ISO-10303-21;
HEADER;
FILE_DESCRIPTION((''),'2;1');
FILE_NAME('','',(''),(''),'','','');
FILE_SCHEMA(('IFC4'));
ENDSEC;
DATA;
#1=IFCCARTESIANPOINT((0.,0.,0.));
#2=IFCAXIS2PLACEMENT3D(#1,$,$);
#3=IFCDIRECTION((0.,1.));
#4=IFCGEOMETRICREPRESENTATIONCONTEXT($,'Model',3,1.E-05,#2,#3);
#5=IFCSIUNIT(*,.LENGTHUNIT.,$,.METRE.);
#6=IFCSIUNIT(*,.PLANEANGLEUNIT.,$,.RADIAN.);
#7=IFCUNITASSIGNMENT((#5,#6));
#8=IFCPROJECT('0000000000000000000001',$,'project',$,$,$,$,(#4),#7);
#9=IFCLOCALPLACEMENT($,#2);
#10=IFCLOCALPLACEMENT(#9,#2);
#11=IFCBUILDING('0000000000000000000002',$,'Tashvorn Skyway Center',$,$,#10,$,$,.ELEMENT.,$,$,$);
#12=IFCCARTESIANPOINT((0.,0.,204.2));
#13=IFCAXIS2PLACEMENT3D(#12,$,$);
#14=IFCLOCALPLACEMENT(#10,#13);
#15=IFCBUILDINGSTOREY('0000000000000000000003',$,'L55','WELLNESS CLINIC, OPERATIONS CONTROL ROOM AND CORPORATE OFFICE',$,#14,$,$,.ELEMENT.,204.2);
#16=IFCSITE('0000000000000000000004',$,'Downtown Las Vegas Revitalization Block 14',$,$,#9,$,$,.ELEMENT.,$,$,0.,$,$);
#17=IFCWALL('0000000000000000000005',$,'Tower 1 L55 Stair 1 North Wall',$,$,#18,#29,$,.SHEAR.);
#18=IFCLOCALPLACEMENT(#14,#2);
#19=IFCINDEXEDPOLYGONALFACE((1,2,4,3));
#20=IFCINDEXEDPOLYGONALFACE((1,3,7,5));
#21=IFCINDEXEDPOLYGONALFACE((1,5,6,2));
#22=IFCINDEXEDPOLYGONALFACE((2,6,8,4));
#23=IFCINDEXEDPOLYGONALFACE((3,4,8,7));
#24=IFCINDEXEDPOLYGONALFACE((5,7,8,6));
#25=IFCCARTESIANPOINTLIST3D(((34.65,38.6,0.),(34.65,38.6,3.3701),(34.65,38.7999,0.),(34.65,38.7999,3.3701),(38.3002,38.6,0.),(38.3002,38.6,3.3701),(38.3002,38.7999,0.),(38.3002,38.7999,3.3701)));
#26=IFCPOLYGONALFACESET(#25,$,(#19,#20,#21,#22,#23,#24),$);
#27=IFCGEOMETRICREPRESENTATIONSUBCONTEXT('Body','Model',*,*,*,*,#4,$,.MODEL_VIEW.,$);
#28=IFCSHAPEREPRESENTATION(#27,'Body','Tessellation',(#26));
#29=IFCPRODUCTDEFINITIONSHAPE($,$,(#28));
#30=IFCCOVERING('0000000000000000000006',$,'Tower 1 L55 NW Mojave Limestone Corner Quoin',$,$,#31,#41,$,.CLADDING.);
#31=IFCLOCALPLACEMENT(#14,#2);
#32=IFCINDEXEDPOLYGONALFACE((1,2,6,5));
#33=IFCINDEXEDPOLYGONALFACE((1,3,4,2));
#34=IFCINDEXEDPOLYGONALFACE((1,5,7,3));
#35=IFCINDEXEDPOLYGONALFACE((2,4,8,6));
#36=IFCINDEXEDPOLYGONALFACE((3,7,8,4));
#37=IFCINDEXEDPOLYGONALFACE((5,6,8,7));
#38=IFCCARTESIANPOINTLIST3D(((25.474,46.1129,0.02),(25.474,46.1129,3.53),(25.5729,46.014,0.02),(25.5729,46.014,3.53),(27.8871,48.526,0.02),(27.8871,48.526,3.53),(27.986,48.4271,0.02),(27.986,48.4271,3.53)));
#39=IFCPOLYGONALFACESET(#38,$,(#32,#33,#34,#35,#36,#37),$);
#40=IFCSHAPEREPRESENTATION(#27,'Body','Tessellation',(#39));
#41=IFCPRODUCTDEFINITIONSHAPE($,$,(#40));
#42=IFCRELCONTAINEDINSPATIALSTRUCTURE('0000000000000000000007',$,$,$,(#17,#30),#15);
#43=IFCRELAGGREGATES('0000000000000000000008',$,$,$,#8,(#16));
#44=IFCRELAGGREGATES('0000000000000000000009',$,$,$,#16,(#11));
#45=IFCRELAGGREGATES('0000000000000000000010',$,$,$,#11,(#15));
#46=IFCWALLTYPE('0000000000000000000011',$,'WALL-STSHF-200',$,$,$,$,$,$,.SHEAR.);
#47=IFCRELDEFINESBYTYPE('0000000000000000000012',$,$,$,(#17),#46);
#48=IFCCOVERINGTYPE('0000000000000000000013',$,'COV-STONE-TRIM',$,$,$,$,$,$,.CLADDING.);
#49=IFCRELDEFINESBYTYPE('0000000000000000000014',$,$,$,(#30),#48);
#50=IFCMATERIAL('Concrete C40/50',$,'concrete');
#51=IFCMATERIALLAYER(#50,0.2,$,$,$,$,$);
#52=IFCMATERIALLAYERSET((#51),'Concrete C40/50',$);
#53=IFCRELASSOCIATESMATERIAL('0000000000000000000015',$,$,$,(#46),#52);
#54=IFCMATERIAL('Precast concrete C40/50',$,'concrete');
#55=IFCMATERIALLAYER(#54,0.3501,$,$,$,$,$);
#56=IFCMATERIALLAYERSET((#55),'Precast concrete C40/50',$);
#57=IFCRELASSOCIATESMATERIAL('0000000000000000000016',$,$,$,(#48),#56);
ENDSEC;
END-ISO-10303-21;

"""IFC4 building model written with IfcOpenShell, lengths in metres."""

from ifc_helpers import new_model, si_unit, direction, frame, frame_2d, origin, origin_2d, place, context, subcontext, project, spatial, rectangle, extrude, material, layer, layer_set, type_object, element, save


model = new_model("IFC4")

# Units and contexts
model_context = context("Model", 3, precision=1e-05, world=origin(), true_north=direction((0.0, 1.0)))
body_context = subcontext(model_context, "Body", "Model", "MODEL_VIEW")
ifc_project = project(units=[si_unit("LENGTHUNIT", "METRE"), si_unit("PLANEANGLEUNIT", "RADIAN")], contexts=[model_context])

# Site, building, storey
site_placement = place(None, origin())
site = spatial("IfcSite", under=ifc_project, at=site_placement, Name="Downtown Las Vegas Revitalization Block 14", CompositionType="ELEMENT", RefElevation=0.0)
building_placement = place(site_placement, origin())
building = spatial("IfcBuilding", under=site, at=building_placement, Name="Tashvorn Skyway Center", CompositionType="ELEMENT")
storey_placement = place(building_placement, frame((0.0, 0.0, 204.2)))
storey = spatial("IfcBuildingStorey", under=building, at=storey_placement, Name="L55", Description="WELLNESS CLINIC, OPERATIONS CONTROL ROOM AND CORPORATE OFFICE", CompositionType="ELEMENT", Elevation=204.2)

# Shared definitions
ifc_material_1 = material(Name="Precast concrete C40/50", Category="concrete")

# Wall
ifc_material_2 = material(Name="Concrete C40/50", Category="concrete")
ifc_layer_1 = layer(ifc_material_2, 0.2)
ifc_layer_set_1 = layer_set([ifc_layer_1], Name="Concrete C40/50")
wall_type_1 = type_object("IfcWallType", Name="WALL-STSHF-200", PredefinedType="SHEAR", material=ifc_layer_set_1)
wall_1_placement = place(storey_placement, frame((34.6499, 38.7, 0.0), z_axis=(0.0, 0.0, 1.0), x_axis=(1.0, 0.0, 0.0)))
element("IfcWall", 1, at=wall_1_placement, inside=storey, type_object=wall_type_1, Name="Tower 1 L55 Stair 1 North Wall", PredefinedType="SHEAR", context=body_context, shape_type="SweptSolid", body=[
    extrude(rectangle(XDim=3.6501, YDim=0.2, at=frame_2d((1.8252, 0.0))), origin(), (0.0, 0.0, 1.0), 3.3701),
])

# Covering
ifc_layer_2 = layer(ifc_material_1, 0.3501)
ifc_layer_set_2 = layer_set([ifc_layer_2], Name="Precast concrete C40/50")
covering_type = type_object("IfcCoveringType", Name="COV-STONE-TRIM", PredefinedType="CLADDING", material=ifc_layer_set_2)
covering_placement = place(storey_placement, frame((26.73, 47.27, 0.02), z_axis=(0.0, 0.0, 1.0), x_axis=(-0.707107, -0.707107, 0.0)))
element("IfcCovering", 2, at=covering_placement, inside=storey, type_object=covering_type, Name="Tower 1 L55 NW Mojave Limestone Corner Quoin", PredefinedType="CLADDING", context=body_context, shape_type="SweptSolid", body=[
    extrude(rectangle(XDim=3.4126, YDim=0.1399, at=origin_2d()), origin(), (0.0, 0.0, 1.0), 3.51),
])

save(model, "model.ifc")
